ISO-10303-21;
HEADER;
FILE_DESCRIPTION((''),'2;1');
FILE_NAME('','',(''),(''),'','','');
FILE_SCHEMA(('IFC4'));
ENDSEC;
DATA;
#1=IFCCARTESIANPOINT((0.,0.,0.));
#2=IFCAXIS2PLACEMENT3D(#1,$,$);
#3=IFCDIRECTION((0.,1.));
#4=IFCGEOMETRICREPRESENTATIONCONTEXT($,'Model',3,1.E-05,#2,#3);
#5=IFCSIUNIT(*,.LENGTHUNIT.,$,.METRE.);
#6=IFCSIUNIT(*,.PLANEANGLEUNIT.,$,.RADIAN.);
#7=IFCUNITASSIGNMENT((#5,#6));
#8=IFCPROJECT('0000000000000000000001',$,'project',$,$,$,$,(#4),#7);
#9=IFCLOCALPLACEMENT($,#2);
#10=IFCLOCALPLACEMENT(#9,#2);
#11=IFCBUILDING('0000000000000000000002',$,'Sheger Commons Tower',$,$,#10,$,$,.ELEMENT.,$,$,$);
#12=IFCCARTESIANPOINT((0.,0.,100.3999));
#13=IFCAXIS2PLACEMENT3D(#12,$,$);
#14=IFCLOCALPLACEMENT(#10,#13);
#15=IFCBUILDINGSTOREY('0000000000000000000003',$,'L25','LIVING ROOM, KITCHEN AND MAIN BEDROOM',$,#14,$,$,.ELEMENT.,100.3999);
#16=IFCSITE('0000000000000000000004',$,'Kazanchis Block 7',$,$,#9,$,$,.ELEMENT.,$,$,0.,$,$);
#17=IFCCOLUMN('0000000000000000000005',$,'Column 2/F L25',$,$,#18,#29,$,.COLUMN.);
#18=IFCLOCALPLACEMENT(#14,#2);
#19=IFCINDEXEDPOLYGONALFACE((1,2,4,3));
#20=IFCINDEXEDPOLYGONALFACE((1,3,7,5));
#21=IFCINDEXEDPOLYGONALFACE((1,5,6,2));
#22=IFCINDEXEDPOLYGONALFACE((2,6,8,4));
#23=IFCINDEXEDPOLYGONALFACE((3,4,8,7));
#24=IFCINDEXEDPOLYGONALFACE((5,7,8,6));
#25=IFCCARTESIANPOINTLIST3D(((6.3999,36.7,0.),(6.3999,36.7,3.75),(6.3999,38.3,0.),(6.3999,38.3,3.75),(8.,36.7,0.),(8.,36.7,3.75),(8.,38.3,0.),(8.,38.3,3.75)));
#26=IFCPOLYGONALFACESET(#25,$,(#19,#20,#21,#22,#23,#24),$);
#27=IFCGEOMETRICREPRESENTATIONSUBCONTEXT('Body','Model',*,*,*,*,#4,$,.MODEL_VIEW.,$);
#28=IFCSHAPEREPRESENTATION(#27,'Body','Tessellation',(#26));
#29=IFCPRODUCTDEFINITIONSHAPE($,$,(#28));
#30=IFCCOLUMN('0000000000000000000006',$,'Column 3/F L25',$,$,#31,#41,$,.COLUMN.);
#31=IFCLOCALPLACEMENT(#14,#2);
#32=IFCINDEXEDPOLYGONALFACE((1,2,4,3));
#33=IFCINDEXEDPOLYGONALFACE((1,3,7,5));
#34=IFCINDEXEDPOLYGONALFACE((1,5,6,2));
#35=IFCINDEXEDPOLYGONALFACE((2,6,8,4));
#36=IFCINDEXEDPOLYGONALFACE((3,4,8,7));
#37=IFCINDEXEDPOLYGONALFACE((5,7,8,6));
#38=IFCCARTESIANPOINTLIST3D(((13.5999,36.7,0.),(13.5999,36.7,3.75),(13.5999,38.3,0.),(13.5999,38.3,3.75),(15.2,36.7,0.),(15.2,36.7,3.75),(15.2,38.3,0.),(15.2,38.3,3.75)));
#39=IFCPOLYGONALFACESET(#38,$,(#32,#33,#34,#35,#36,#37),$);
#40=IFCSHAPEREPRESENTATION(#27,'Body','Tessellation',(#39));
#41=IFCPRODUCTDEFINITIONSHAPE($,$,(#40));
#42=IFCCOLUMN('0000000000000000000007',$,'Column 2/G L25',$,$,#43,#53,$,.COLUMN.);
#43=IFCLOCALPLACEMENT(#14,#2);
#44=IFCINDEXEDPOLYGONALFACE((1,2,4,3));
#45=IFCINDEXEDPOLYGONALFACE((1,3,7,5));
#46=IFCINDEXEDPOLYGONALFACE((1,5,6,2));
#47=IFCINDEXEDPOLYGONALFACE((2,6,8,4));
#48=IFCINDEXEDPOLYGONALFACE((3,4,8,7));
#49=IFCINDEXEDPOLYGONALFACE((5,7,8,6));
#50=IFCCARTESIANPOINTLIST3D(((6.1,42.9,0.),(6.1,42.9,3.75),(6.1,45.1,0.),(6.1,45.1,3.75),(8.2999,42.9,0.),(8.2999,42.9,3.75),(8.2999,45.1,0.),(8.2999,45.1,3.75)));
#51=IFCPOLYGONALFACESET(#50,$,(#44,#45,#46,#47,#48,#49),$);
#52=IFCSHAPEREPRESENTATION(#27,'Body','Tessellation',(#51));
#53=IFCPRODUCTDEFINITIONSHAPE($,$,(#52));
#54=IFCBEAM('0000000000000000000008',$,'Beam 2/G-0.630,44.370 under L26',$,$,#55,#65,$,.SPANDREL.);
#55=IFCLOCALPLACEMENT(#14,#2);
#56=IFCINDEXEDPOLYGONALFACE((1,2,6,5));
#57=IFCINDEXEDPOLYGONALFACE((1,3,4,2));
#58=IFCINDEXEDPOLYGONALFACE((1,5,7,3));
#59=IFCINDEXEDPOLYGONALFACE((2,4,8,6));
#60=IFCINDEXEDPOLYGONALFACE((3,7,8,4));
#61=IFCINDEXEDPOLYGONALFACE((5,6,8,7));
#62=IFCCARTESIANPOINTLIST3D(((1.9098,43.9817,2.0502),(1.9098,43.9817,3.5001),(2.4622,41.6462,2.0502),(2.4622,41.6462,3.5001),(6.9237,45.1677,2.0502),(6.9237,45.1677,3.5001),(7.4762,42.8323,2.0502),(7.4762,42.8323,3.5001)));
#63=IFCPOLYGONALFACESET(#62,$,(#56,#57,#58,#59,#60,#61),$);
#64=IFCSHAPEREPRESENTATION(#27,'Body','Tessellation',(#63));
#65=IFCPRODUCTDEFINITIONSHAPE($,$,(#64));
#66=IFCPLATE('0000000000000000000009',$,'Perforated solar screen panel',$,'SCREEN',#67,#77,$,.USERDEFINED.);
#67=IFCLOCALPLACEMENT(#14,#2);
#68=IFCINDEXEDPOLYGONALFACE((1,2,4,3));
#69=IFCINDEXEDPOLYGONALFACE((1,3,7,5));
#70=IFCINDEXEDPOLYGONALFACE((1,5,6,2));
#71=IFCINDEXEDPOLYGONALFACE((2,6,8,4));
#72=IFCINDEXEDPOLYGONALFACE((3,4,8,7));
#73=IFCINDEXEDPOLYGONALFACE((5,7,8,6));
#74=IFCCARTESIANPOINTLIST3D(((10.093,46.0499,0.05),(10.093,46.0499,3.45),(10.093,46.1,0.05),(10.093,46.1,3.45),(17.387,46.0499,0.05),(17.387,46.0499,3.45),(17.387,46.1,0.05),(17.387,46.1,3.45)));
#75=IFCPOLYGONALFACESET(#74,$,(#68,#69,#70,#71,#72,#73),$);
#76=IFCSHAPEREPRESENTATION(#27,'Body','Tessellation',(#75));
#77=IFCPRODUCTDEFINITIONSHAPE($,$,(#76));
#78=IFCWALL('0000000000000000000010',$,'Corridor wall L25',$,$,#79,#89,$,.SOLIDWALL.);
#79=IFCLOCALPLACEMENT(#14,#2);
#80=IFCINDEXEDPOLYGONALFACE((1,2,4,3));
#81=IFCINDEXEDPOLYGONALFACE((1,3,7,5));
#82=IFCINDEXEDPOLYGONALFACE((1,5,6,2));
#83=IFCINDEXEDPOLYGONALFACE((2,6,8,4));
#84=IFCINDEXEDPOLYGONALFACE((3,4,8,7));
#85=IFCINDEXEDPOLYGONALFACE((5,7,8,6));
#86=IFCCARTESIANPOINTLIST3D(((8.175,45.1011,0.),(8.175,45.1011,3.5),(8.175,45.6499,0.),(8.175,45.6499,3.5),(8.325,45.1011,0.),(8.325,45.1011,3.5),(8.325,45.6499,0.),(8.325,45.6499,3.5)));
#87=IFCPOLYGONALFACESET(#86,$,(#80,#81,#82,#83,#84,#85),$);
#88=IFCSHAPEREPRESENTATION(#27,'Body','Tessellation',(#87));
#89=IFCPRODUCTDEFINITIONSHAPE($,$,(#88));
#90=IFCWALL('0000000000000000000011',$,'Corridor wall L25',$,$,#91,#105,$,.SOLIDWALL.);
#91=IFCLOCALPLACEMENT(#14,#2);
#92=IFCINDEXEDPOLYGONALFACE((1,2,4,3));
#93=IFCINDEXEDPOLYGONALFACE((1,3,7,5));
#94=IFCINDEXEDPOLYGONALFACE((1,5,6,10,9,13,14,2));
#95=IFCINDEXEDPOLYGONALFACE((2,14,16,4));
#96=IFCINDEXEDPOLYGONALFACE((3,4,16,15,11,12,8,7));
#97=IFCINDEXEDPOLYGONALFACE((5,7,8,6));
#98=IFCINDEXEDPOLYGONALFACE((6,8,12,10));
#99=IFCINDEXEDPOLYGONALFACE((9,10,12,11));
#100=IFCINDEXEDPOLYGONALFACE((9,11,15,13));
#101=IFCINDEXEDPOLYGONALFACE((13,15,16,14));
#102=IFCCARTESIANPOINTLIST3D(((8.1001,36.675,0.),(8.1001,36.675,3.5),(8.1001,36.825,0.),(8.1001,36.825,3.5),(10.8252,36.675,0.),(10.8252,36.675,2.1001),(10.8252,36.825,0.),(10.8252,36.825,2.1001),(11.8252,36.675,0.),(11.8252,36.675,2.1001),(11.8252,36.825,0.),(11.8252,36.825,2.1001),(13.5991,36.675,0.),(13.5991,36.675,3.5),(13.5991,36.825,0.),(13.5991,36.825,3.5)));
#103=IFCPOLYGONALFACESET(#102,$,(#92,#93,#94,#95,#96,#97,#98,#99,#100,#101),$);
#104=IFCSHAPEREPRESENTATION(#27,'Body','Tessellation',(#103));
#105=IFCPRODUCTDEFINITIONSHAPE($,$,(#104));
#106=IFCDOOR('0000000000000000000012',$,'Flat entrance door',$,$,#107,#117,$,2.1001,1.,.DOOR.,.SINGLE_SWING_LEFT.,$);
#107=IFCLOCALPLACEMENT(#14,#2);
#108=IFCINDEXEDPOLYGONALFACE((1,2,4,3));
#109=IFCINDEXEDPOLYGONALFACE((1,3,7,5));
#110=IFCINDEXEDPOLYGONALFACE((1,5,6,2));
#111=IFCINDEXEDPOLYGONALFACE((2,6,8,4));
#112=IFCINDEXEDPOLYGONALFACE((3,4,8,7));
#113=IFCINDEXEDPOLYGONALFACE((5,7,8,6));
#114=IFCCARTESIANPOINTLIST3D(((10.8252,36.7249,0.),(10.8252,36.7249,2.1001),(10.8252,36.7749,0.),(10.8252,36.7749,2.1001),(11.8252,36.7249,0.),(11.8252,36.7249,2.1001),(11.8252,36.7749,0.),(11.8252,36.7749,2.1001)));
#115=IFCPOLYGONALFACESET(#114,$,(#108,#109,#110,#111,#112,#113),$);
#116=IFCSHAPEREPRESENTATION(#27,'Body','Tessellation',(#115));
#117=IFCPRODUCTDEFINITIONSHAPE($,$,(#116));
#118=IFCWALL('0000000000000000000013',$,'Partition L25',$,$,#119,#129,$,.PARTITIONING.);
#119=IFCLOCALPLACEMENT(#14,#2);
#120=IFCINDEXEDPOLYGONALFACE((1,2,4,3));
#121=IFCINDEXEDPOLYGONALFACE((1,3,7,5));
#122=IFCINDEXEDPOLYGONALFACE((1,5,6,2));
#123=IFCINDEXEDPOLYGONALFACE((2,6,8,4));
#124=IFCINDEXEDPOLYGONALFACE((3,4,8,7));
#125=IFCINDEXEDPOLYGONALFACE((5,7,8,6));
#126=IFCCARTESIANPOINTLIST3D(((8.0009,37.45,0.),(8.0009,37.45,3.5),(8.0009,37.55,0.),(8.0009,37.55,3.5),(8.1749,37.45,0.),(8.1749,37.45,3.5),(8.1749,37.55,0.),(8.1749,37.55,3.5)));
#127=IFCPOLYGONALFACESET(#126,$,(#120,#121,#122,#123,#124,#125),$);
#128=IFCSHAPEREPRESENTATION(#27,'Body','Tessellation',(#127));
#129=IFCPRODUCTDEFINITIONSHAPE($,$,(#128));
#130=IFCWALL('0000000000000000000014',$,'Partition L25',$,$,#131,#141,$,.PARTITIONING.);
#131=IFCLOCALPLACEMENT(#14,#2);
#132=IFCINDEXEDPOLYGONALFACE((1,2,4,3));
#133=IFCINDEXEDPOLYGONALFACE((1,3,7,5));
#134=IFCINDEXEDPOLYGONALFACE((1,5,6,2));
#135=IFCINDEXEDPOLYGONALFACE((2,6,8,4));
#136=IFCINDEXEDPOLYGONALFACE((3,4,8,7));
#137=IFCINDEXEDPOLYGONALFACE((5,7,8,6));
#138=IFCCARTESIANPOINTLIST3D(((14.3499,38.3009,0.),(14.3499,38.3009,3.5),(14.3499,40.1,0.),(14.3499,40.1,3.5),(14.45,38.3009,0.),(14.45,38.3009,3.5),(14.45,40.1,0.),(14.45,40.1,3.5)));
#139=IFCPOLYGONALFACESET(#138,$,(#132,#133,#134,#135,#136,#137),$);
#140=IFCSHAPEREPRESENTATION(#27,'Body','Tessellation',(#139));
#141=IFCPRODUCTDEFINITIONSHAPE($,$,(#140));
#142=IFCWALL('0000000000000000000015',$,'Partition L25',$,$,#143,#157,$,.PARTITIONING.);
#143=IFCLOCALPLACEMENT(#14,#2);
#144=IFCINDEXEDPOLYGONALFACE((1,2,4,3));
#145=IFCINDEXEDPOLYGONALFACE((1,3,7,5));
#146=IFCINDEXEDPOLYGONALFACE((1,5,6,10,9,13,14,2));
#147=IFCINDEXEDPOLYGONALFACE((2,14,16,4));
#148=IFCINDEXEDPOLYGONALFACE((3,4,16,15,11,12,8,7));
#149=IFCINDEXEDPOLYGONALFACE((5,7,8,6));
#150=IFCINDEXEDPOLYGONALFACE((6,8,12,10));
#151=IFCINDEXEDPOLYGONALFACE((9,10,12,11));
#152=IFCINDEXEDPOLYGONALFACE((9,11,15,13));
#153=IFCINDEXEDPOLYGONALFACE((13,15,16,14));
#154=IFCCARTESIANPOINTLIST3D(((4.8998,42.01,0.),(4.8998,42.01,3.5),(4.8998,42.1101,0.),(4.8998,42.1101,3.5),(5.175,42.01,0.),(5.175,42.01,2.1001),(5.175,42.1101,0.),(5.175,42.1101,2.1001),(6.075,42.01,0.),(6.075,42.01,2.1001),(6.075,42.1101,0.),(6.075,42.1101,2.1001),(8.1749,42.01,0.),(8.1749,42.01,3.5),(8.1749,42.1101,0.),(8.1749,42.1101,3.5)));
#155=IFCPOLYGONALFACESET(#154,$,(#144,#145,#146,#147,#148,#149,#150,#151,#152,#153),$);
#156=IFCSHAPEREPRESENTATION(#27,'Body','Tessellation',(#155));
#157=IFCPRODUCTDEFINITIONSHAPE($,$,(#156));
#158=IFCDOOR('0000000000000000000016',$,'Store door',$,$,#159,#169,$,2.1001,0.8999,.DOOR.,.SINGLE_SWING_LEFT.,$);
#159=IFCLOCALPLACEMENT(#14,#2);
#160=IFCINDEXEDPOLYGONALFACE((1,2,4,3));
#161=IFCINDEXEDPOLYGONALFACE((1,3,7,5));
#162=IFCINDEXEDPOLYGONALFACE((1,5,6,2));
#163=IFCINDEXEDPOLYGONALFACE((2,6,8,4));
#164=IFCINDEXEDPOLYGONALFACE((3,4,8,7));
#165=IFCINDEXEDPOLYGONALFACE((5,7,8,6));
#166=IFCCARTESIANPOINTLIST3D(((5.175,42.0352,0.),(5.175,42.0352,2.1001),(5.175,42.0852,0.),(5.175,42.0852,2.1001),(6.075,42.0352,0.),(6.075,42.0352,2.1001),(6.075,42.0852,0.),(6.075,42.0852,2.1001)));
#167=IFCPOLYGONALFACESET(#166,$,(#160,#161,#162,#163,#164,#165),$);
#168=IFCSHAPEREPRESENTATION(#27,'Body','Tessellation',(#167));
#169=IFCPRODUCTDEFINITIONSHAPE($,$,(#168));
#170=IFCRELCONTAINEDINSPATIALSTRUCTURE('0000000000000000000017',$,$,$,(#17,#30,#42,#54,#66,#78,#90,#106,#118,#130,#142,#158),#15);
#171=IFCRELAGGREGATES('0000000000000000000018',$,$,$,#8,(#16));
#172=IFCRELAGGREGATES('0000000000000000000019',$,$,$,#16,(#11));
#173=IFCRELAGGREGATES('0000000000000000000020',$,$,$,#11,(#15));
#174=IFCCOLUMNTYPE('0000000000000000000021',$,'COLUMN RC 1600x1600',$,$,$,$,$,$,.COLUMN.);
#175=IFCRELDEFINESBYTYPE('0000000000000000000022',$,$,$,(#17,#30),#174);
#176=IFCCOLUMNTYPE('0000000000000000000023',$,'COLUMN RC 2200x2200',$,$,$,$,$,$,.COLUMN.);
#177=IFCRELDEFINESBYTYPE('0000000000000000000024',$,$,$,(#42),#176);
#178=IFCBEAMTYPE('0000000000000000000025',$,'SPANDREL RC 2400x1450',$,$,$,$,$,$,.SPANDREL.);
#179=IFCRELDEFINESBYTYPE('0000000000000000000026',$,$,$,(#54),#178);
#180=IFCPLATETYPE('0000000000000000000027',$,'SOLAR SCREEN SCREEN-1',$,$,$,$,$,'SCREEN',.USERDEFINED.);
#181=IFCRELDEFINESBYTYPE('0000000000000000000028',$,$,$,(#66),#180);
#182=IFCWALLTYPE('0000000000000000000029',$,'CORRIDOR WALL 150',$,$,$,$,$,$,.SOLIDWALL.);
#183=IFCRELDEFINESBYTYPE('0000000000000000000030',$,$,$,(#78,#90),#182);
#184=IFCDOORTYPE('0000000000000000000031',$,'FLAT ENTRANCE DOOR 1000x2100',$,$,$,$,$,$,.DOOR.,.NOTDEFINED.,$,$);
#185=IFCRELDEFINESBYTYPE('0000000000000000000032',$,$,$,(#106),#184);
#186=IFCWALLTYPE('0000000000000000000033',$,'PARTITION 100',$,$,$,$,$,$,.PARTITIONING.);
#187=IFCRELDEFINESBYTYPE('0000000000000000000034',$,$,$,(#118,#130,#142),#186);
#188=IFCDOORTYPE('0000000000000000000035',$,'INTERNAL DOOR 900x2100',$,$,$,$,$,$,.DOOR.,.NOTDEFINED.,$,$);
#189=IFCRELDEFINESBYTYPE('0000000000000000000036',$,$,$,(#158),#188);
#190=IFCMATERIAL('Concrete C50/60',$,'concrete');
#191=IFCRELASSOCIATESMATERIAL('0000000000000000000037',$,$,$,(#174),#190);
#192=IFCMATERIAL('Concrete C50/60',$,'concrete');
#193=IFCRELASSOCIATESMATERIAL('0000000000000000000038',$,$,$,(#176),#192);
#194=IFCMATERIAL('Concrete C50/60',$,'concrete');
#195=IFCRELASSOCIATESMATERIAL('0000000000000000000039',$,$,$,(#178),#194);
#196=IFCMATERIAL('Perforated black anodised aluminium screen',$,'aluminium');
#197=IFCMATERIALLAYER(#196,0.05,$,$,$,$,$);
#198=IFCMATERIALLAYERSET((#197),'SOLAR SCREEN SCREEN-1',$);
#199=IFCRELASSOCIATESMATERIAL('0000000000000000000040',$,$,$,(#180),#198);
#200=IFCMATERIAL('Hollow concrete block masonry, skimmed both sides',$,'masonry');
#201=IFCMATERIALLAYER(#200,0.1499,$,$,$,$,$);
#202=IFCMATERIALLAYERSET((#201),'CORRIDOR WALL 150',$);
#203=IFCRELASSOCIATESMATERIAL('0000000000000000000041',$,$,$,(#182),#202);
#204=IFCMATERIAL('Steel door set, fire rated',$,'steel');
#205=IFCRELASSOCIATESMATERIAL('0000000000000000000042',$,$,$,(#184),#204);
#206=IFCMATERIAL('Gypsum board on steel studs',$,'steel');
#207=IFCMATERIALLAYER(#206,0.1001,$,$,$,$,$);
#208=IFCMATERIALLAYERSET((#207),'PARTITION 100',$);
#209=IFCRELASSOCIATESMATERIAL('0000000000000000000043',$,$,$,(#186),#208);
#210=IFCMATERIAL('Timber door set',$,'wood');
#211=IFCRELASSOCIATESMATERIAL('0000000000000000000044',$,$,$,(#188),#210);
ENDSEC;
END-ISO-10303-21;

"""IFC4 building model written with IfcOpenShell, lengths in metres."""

from ifc_helpers import new_model, si_unit, direction, frame, frame_2d, origin, origin_2d, place, context, subcontext, project, spatial, rectangle, extrude, material, layer, layer_set, material_profile, profile_set, type_object, element, fill, save


model = new_model("IFC4")

# Units and contexts
model_context = context("Model", 3, precision=1e-05, world=origin(), true_north=direction((0.0, 1.0)))
body_context = subcontext(model_context, "Body", "Model", "MODEL_VIEW")
ifc_project = project(units=[si_unit("LENGTHUNIT", "METRE"), si_unit("PLANEANGLEUNIT", "RADIAN")], contexts=[model_context])

# Site, building, storey
site_placement = place(None, origin())
site = spatial("IfcSite", under=ifc_project, at=site_placement, Name="Kazanchis Block 7", CompositionType="ELEMENT", RefElevation=0.0)
building_placement = place(site_placement, origin())
building = spatial("IfcBuilding", under=site, at=building_placement, Name="Sheger Commons Tower", CompositionType="ELEMENT")
storey_placement = place(building_placement, frame((0.0, 0.0, 100.3999)))
storey = spatial("IfcBuildingStorey", under=building, at=storey_placement, Name="L25", Description="LIVING ROOM, KITCHEN AND MAIN BEDROOM", CompositionType="ELEMENT", Elevation=100.3999)

# Columns
ifc_material_1 = material(Name="Concrete C50/60", Category="concrete")
ifc_material_profile_1 = material_profile(ifc_material_1, rectangle(XDim=1.6001, YDim=1.6001, at=origin_2d()), Name="RC 1600x1600")
ifc_profile_set_1 = profile_set([ifc_material_profile_1], Name="Concrete C50/60")
column_type_1 = type_object("IfcColumnType", Name="COLUMN RC 1600x1600", PredefinedType="COLUMN", material=ifc_profile_set_1)
for number, where, z_axis, x_axis, name in (
    (1, (7.2, 37.5, 0.0), (0.0, 0.0, 1.0), (1.0, 0.0, 0.0), "Column 2/F L25"),
    (2, (14.3999, 37.5, 0.0), (0.0, 0.0, 1.0), (1.0, 0.0, 0.0), "Column 3/F L25"),
):
    element("IfcColumn", number, at=place(storey_placement, frame(where, z_axis=z_axis, x_axis=x_axis)), inside=storey, type_object=column_type_1, Name=name, PredefinedType="COLUMN", context=body_context, shape_type="SweptSolid", body=[
        extrude(rectangle(XDim=1.6001, YDim=1.6001, at=origin_2d()), origin(), (0.0, 0.0, 1.0), 3.75),
    ])
ifc_material_2 = material(Name="Concrete C50/60", Category="concrete")
ifc_material_profile_2 = material_profile(ifc_material_2, rectangle(XDim=2.2, YDim=2.2, at=origin_2d()), Name="RC 2200x2200")
ifc_profile_set_2 = profile_set([ifc_material_profile_2], Name="Concrete C50/60")
column_type_2 = type_object("IfcColumnType", Name="COLUMN RC 2200x2200", PredefinedType="COLUMN", material=ifc_profile_set_2)
column_placement = place(storey_placement, frame((7.2, 44.0, 0.0), z_axis=(0.0, 0.0, 1.0), x_axis=(1.0, 0.0, 0.0)))
element("IfcColumn", 3, at=column_placement, inside=storey, type_object=column_type_2, Name="Column 2/G L25", PredefinedType="COLUMN", context=body_context, shape_type="SweptSolid", body=[
    extrude(rectangle(XDim=2.2, YDim=2.2, at=origin_2d()), origin(), (0.0, 0.0, 1.0), 3.75),
])

# Beam
ifc_material_3 = material(Name="Concrete C50/60", Category="concrete")
ifc_material_profile_3 = material_profile(ifc_material_3, rectangle(XDim=2.3999, YDim=1.45, at=origin_2d()), Name="RC 2400x1450")
ifc_profile_set_3 = profile_set([ifc_material_profile_3], Name="Concrete C50/60")
beam_type = type_object("IfcBeamType", Name="SPANDREL RC 2400x1450", PredefinedType="SPANDREL", material=ifc_profile_set_3)
beam_placement = place(storey_placement, frame((7.2, 44.0, 2.7751), z_axis=(-0.973144, -0.230196, 0.0), x_axis=(0.230196, -0.973144, 0.0)))
element("IfcBeam", 4, at=beam_placement, inside=storey, type_object=beam_type, Name="Beam 2/G-0.630,44.370 under L26", PredefinedType="SPANDREL", context=body_context, shape_type="SweptSolid", body=[
    extrude(rectangle(XDim=2.3999, YDim=1.45, at=origin_2d()), origin(), (0.0, 0.0, 1.0), 5.1523),
])

# Plate
ifc_material_4 = material(Name="Perforated black anodised aluminium screen", Category="aluminium")
ifc_layer_1 = layer(ifc_material_4, 0.05)
ifc_layer_set_1 = layer_set([ifc_layer_1], Name="SOLAR SCREEN SCREEN-1")
plate_type = type_object("IfcPlateType", Name="SOLAR SCREEN SCREEN-1", ElementType="SCREEN", PredefinedType="USERDEFINED", material=ifc_layer_set_1)
plate_placement = place(storey_placement, frame((13.74, 46.075, 0.05), z_axis=(0.0, 0.0, 1.0), x_axis=(-1.0, 0.0, 0.0)))
element("IfcPlate", 5, at=plate_placement, inside=storey, type_object=plate_type, Name="Perforated solar screen panel", ObjectType="SCREEN", PredefinedType="USERDEFINED", context=body_context, shape_type="SweptSolid", body=[
    extrude(rectangle(XDim=7.2939, YDim=0.05, at=origin_2d()), origin(), (0.0, 0.0, 1.0), 3.3999),
])

# Wall
ifc_material_5 = material(Name="Hollow concrete block masonry, skimmed both sides", Category="masonry")
ifc_layer_2 = layer(ifc_material_5, 0.1499)
ifc_layer_set_2 = layer_set([ifc_layer_2], Name="CORRIDOR WALL 150")
wall_type_1 = type_object("IfcWallType", Name="CORRIDOR WALL 150", PredefinedType="SOLIDWALL", material=ifc_layer_set_2)
wall_1_placement = place(storey_placement, frame((8.25, 45.1011, 0.0), z_axis=(0.0, 0.0, 1.0), x_axis=(0.0, 1.0, 0.0)))
element("IfcWall", 6, at=wall_1_placement, inside=storey, type_object=wall_type_1, Name="Corridor wall L25", PredefinedType="SOLIDWALL", context=body_context, shape_type="SweptSolid", body=[
    extrude(rectangle(XDim=0.5488, YDim=0.1499, at=frame_2d((0.2744, 0.0))), origin(), (0.0, 0.0, 1.0), 3.5),
])

# Wall, opening, door
wall_2_placement = place(storey_placement, frame((8.1001, 36.75, 0.0), z_axis=(0.0, 0.0, 1.0), x_axis=(1.0, 0.0, 0.0)))
wall_2 = element("IfcWall", 7, at=wall_2_placement, inside=storey, type_object=wall_type_1, Name="Corridor wall L25", PredefinedType="SOLIDWALL", context=body_context, shape_type="SweptSolid", body=[
    extrude(rectangle(XDim=5.499, YDim=0.1499, at=frame_2d((2.7495, 0.0))), origin(), (0.0, 0.0, 1.0), 3.5),
])
opening_1_placement = place(wall_2_placement, frame((2.7251, 0.0, 0.0)))
opening_1 = element("IfcOpeningElement", 8, at=opening_1_placement, cuts=wall_2, PredefinedType="OPENING", context=body_context, shape_type="SweptSolid", body=[
    extrude(rectangle(XDim=1.0, YDim=2.1001, at=frame_2d((0.5, 1.05))), frame((0.0, 0.085, 0.0), z_axis=(0.0, -1.0, 0.0), x_axis=(1.0, 0.0, 0.0)), (0.0, 0.0, 1.0), 0.1699),
])
ifc_material_6 = material(Name="Steel door set, fire rated", Category="steel")
door_type_1 = type_object("IfcDoorType", Name="FLAT ENTRANCE DOOR 1000x2100", OperationType="NOTDEFINED", PredefinedType="DOOR", material=ifc_material_6)
door_1_placement = place(opening_1_placement, origin())
door_1 = element("IfcDoor", 9, at=door_1_placement, inside=storey, type_object=door_type_1, Name="Flat entrance door", OperationType="SINGLE_SWING_LEFT", OverallHeight=2.1001, OverallWidth=1.0, PredefinedType="DOOR", context=body_context, shape_type="SweptSolid", body=[
    extrude(rectangle(XDim=1.0, YDim=2.1001, at=frame_2d((0.5, 1.05))), frame((0.0, 0.0249, 0.0), z_axis=(0.0, -1.0, 0.0), x_axis=(1.0, 0.0, 0.0)), (0.0, 0.0, 1.0), 0.05),
])
fill(opening_1, door_1)

# Walls
ifc_material_7 = material(Name="Gypsum board on steel studs", Category="steel")
ifc_layer_3 = layer(ifc_material_7, 0.1001)
ifc_layer_set_3 = layer_set([ifc_layer_3], Name="PARTITION 100")
wall_type_2 = type_object("IfcWallType", Name="PARTITION 100", PredefinedType="PARTITIONING", material=ifc_layer_set_3)
wall_3_placement = place(storey_placement, frame((8.001, 37.5, 0.0), z_axis=(0.0, 0.0, 1.0), x_axis=(1.0, 0.0, 0.0)))
element("IfcWall", 10, at=wall_3_placement, inside=storey, type_object=wall_type_2, Name="Partition L25", PredefinedType="PARTITIONING", context=body_context, shape_type="SweptSolid", body=[
    extrude(rectangle(XDim=0.1741, YDim=0.1001, at=frame_2d((0.0869, 0.0))), origin(), (0.0, 0.0, 1.0), 3.5),
])
wall_4_placement = place(storey_placement, frame((14.3999, 38.301, 0.0), z_axis=(0.0, 0.0, 1.0), x_axis=(0.0, 1.0, 0.0)))
element("IfcWall", 11, at=wall_4_placement, inside=storey, type_object=wall_type_2, Name="Partition L25", PredefinedType="PARTITIONING", context=body_context, shape_type="SweptSolid", body=[
    extrude(rectangle(XDim=1.7991, YDim=0.1001, at=frame_2d((0.8994, 0.0))), origin(), (0.0, 0.0, 1.0), 3.5),
])

# Wall, opening, door
wall_5_placement = place(storey_placement, frame((8.175, 42.0601, 0.0), z_axis=(0.0, 0.0, 1.0), x_axis=(-1.0, 0.0, 0.0)))
wall_5 = element("IfcWall", 12, at=wall_5_placement, inside=storey, type_object=wall_type_2, Name="Partition L25", PredefinedType="PARTITIONING", context=body_context, shape_type="SweptSolid", body=[
    extrude(rectangle(XDim=3.2751, YDim=0.1001, at=frame_2d((1.6377, 0.0))), origin(), (0.0, 0.0, 1.0), 3.5),
])
opening_2_placement = place(wall_5_placement, frame((2.1001, 0.0, 0.0)))
opening_2 = element("IfcOpeningElement", 13, at=opening_2_placement, cuts=wall_5, PredefinedType="OPENING", context=body_context, shape_type="SweptSolid", body=[
    extrude(rectangle(XDim=0.8999, YDim=2.1001, at=frame_2d((0.45, 1.05))), frame((0.0, 0.0601, 0.0), z_axis=(0.0, -1.0, 0.0), x_axis=(1.0, 0.0, 0.0)), (0.0, 0.0, 1.0), 0.1201),
])
ifc_material_8 = material(Name="Timber door set", Category="wood")
door_type_2 = type_object("IfcDoorType", Name="INTERNAL DOOR 900x2100", OperationType="NOTDEFINED", PredefinedType="DOOR", material=ifc_material_8)
door_2_placement = place(opening_2_placement, origin())
door_2 = element("IfcDoor", 14, at=door_2_placement, inside=storey, type_object=door_type_2, Name="Store door", OperationType="SINGLE_SWING_LEFT", OverallHeight=2.1001, OverallWidth=0.8999, PredefinedType="DOOR", context=body_context, shape_type="SweptSolid", body=[
    extrude(rectangle(XDim=0.8999, YDim=2.1001, at=frame_2d((0.45, 1.05))), frame((0.0, 0.0249, 0.0), z_axis=(0.0, -1.0, 0.0), x_axis=(1.0, 0.0, 0.0)), (0.0, 0.0, 1.0), 0.05),
])
fill(opening_2, door_2)

save(model, "model.ifc")
